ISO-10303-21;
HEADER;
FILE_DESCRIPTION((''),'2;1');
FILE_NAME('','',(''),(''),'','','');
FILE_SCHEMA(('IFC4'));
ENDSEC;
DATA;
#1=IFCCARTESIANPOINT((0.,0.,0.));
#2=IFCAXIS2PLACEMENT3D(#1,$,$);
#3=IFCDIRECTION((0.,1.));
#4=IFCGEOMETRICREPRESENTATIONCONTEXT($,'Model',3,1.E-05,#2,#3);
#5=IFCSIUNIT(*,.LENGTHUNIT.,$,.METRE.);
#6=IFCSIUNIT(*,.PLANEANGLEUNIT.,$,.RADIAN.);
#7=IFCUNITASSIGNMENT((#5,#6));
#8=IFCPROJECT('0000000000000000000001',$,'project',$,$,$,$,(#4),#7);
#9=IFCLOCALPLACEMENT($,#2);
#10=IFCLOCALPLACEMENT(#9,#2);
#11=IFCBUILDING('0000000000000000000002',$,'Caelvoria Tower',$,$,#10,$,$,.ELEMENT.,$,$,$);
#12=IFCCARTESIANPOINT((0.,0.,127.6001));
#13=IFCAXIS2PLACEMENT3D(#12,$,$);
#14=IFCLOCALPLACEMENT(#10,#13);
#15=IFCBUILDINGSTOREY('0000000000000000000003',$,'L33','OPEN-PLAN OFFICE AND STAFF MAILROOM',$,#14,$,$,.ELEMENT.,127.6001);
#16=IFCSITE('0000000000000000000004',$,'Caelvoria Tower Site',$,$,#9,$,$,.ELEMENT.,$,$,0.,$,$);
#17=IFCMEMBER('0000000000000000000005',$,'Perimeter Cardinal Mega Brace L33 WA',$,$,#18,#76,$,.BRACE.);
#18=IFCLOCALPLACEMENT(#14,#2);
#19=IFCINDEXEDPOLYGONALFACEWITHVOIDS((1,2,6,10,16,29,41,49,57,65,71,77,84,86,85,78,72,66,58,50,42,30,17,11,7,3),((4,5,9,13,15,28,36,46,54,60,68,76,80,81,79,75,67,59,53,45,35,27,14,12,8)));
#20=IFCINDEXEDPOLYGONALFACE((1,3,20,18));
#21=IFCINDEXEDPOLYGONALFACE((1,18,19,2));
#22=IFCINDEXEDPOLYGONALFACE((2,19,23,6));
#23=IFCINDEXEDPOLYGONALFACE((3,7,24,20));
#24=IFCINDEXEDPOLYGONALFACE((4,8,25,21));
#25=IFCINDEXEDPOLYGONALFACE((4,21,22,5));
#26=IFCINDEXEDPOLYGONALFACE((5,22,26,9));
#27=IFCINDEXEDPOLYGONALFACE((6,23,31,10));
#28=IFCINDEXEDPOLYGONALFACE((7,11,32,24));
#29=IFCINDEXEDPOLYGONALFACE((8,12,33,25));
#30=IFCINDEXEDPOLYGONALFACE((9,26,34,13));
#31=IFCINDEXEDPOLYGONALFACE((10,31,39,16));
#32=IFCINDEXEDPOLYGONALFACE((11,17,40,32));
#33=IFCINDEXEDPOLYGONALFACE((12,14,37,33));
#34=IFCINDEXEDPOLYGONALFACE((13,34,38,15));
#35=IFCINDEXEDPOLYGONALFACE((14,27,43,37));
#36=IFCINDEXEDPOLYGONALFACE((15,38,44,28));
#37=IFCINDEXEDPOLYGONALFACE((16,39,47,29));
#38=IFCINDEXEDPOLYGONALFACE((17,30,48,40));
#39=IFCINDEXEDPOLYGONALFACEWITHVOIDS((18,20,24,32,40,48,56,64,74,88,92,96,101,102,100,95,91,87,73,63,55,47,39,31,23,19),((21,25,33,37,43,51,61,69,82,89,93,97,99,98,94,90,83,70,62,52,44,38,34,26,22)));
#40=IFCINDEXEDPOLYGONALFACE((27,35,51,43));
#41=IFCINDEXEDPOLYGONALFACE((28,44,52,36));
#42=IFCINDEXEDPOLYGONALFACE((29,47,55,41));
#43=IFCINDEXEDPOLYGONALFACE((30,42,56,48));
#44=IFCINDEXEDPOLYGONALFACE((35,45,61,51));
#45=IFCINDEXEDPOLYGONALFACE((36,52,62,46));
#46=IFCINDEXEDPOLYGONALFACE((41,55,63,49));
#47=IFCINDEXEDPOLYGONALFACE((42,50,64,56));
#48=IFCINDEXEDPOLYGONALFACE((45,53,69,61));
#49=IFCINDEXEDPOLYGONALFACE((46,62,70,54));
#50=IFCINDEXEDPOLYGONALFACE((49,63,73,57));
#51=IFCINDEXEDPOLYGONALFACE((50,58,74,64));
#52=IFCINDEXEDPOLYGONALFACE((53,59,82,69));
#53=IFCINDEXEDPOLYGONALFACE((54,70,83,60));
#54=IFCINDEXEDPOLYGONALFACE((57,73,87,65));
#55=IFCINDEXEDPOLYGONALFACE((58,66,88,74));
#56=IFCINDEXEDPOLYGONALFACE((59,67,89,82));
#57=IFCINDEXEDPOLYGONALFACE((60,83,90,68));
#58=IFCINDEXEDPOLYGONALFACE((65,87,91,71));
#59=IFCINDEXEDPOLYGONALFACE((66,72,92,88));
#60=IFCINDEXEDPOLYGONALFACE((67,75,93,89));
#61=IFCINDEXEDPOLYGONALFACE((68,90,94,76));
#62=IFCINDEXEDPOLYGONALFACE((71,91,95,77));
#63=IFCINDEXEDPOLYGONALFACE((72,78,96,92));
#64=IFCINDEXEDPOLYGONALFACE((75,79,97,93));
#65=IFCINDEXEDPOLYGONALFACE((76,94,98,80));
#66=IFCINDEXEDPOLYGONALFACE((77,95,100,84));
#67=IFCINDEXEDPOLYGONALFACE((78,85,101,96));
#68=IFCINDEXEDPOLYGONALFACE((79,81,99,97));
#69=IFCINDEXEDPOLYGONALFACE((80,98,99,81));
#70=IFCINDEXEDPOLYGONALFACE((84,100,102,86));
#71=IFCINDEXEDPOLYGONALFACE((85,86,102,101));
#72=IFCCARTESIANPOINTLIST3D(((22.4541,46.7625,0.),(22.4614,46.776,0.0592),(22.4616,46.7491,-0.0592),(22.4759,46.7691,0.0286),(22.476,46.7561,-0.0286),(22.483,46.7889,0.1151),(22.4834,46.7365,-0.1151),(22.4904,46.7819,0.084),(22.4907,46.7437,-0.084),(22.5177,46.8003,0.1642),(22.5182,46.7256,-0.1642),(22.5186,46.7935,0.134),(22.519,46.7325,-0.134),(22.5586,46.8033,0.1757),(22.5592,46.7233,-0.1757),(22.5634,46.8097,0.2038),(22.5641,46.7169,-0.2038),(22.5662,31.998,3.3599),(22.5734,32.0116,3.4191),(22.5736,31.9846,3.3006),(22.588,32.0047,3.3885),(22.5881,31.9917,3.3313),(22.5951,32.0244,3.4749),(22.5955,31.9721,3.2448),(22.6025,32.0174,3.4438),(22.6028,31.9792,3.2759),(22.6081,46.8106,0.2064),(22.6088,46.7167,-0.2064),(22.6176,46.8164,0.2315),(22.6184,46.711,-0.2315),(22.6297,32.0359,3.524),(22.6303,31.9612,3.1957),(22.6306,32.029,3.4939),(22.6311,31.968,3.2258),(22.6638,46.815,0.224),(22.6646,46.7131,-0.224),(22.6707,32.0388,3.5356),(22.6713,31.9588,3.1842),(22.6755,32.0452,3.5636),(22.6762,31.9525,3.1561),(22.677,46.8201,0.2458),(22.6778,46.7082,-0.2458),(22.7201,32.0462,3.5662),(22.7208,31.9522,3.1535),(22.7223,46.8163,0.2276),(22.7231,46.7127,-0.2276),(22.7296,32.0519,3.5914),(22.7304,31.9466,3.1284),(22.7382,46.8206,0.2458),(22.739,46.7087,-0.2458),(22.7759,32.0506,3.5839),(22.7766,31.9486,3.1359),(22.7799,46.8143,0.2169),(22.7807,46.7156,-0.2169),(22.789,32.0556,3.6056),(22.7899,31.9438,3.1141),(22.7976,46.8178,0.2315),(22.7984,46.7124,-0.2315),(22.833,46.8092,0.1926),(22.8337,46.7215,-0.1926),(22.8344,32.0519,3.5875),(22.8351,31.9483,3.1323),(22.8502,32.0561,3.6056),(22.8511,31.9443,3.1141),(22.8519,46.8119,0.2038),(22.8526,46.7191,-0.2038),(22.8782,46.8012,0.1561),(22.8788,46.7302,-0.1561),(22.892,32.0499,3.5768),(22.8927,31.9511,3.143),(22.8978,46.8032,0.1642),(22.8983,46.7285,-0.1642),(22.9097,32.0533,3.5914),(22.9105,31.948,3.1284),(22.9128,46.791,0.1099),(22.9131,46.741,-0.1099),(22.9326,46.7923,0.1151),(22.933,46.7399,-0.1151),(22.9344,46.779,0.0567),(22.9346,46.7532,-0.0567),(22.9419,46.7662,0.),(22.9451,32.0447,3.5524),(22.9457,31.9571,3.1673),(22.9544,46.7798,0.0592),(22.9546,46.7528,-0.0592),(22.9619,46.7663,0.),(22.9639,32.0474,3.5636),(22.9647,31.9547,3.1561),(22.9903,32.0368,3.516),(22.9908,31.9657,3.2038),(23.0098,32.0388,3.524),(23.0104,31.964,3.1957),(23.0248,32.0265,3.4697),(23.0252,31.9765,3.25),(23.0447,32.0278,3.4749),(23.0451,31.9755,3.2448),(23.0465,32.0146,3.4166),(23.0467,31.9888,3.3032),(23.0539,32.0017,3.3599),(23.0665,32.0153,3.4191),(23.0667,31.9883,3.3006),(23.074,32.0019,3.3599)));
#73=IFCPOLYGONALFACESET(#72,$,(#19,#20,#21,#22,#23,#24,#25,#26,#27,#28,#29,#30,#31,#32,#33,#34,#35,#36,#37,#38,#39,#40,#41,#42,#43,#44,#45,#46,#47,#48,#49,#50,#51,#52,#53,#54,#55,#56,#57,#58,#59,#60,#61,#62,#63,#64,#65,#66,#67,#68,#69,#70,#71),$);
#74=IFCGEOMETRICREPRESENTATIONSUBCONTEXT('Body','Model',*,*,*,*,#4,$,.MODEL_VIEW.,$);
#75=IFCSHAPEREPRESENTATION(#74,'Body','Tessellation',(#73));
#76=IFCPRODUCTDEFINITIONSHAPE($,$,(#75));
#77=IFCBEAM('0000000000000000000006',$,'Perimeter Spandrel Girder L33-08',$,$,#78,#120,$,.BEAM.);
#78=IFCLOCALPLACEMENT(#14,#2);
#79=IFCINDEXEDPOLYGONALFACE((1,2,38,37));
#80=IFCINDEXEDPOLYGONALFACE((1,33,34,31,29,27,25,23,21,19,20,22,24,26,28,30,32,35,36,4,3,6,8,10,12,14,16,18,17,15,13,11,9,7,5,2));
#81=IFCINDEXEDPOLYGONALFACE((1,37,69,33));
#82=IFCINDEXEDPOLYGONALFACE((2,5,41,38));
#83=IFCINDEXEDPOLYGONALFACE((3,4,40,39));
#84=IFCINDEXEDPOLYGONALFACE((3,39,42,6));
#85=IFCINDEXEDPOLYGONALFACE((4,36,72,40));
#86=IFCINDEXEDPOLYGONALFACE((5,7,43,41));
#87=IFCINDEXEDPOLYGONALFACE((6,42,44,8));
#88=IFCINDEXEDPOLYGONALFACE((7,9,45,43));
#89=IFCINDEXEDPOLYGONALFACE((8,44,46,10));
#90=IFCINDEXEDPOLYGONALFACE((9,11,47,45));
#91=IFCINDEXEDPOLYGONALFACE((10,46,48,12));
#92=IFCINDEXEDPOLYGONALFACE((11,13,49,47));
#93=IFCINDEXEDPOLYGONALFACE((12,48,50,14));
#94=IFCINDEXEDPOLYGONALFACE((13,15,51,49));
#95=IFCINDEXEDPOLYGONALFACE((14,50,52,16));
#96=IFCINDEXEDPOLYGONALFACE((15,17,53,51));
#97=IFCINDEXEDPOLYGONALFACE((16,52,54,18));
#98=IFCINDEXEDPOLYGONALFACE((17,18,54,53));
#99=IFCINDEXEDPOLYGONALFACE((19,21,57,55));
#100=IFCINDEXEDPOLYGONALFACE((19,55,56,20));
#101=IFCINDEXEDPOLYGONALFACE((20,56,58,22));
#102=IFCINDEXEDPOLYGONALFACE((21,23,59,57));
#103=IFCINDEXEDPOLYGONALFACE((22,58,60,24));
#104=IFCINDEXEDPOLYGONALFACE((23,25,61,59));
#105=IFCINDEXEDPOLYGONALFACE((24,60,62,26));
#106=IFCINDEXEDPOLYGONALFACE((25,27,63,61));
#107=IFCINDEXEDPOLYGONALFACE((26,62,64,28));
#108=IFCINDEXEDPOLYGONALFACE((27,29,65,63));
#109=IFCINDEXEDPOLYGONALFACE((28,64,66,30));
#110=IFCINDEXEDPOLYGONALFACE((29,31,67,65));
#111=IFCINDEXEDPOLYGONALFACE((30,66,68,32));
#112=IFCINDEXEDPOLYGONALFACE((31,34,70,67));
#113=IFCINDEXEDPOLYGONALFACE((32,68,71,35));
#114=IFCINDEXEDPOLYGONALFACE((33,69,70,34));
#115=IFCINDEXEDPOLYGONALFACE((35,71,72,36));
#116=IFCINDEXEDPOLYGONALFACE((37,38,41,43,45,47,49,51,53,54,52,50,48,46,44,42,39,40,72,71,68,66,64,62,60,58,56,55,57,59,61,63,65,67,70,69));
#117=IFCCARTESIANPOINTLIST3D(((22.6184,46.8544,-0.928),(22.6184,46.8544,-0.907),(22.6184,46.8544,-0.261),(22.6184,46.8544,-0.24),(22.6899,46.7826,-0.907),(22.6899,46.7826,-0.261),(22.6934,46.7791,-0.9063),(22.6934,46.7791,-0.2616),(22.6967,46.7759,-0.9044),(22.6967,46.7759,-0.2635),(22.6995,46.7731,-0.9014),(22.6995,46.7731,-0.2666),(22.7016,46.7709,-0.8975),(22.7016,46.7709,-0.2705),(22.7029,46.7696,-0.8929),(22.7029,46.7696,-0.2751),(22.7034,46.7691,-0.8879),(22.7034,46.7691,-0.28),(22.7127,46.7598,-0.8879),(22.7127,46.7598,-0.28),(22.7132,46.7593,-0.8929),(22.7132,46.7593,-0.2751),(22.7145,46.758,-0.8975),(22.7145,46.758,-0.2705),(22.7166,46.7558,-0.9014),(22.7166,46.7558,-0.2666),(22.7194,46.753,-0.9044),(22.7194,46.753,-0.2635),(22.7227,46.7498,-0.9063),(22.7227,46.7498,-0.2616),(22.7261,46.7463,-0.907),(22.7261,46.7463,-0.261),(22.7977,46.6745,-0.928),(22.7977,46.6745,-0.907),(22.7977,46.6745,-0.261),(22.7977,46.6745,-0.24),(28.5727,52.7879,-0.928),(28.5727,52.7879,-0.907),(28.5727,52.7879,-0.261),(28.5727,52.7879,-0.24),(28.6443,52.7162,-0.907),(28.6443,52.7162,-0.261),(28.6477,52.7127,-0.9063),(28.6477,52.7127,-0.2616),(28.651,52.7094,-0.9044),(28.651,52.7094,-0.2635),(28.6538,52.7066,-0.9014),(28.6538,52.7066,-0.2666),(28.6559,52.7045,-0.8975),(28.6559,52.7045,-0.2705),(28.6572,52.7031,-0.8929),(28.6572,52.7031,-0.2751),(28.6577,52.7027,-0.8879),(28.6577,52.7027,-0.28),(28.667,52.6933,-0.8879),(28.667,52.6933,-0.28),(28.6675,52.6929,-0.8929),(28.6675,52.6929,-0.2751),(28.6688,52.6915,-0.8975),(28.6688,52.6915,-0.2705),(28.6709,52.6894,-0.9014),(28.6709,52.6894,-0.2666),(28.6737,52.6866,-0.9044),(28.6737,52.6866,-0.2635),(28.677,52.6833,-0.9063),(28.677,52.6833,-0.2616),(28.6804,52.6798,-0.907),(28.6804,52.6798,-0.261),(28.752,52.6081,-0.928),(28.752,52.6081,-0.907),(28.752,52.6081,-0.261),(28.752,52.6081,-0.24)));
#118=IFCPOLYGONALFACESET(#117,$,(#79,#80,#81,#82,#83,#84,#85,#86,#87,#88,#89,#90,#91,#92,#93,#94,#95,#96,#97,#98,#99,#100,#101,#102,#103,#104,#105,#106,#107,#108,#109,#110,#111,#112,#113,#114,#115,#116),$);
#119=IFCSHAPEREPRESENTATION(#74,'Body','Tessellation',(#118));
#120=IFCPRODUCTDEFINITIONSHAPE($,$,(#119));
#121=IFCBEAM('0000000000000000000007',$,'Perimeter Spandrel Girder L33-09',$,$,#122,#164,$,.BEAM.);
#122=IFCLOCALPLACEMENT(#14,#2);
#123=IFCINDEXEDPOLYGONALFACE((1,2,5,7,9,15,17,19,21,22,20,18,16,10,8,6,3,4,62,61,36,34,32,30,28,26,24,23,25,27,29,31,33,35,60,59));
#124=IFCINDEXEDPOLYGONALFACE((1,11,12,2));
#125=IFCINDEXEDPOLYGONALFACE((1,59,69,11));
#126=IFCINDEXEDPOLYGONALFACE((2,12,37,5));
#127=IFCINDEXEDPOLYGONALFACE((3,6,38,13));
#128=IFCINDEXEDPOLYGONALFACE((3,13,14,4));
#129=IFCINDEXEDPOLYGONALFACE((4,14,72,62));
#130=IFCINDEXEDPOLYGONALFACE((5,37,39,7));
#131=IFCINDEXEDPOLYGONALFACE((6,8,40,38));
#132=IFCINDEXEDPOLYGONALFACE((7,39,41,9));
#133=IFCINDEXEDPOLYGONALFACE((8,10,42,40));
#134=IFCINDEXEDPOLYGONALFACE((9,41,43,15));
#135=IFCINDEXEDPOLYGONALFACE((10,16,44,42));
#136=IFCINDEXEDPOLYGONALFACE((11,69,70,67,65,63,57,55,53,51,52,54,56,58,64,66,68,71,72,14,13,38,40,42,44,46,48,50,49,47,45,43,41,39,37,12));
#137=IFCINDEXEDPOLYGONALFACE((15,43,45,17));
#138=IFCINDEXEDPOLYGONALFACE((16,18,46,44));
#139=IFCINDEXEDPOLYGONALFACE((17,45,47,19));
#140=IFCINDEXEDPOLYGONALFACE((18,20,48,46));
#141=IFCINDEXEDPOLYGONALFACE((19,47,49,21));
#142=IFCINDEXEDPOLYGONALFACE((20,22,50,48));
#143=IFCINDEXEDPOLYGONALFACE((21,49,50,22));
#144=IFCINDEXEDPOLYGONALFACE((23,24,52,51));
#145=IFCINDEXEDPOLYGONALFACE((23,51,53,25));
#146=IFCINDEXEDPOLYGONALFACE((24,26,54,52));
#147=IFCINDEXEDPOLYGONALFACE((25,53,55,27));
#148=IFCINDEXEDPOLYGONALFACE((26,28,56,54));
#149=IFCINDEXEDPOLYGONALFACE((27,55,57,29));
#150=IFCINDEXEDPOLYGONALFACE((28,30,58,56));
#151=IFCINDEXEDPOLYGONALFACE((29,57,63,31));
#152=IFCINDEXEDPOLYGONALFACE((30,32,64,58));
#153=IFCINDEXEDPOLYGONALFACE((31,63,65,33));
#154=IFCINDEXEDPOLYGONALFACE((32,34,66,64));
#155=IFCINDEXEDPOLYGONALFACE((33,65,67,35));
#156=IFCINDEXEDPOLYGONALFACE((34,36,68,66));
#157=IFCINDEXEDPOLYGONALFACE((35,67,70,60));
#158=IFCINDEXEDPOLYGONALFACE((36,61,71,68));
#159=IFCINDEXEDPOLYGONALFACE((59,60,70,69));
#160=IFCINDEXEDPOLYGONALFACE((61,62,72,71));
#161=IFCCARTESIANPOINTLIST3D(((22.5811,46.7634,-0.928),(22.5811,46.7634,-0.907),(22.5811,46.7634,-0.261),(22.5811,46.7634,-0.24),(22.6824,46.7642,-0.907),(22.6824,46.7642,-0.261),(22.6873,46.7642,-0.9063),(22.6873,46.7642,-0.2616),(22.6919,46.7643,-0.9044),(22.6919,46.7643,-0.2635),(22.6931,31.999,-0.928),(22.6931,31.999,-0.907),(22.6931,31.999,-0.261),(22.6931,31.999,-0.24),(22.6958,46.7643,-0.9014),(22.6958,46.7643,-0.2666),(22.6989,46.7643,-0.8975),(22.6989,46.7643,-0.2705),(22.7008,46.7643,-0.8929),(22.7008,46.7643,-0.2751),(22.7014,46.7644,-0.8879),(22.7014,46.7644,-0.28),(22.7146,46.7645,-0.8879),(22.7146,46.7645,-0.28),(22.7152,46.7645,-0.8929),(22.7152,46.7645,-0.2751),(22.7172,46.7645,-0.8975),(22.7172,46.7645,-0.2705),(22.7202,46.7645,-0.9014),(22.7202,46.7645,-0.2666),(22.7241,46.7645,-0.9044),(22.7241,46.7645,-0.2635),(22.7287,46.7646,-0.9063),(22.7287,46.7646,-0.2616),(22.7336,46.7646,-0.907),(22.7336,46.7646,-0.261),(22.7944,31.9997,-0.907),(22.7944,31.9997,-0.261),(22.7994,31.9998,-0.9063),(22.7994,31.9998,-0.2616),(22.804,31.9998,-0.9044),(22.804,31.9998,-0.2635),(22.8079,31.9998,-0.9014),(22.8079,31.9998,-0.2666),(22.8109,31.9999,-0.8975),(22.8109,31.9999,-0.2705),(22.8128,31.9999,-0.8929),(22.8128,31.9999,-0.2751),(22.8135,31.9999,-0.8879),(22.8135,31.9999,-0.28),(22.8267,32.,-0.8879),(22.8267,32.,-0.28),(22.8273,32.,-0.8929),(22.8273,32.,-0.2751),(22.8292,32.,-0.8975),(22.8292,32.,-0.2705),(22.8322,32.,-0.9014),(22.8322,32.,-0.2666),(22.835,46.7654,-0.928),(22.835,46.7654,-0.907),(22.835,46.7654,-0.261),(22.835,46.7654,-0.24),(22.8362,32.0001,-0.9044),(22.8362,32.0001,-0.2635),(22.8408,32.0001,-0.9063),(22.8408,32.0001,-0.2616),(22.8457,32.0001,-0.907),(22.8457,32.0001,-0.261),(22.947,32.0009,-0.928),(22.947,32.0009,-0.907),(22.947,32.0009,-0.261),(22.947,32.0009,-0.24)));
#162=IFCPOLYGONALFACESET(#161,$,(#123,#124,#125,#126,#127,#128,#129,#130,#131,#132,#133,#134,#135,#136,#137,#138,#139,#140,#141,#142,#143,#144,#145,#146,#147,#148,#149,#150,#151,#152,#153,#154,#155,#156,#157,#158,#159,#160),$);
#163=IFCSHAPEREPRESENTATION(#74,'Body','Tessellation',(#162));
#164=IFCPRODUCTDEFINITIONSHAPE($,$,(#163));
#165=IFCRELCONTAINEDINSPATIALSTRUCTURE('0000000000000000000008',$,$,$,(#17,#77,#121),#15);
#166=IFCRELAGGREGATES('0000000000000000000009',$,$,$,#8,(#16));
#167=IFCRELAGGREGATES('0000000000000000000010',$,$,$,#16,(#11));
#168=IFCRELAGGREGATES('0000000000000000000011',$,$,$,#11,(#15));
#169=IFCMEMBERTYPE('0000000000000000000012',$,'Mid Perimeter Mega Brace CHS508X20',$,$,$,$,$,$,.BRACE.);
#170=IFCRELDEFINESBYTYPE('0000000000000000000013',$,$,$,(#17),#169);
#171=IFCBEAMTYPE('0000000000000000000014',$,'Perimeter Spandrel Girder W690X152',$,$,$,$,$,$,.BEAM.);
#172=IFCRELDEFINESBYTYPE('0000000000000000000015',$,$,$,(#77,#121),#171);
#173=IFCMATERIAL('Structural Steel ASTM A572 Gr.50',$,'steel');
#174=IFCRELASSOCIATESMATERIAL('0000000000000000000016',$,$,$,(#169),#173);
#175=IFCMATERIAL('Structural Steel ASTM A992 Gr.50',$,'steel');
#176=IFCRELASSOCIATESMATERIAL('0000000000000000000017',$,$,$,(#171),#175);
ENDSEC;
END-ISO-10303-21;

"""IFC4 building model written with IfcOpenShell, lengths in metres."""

from ifc_helpers import new_model, si_unit, direction, frame, origin, origin_2d, place, context, subcontext, project, spatial, hollow_circle, i_section, extrude, material, material_profile, profile_set, type_object, element, save


model = new_model("IFC4")

# Units and contexts
model_context = context("Model", 3, precision=1e-05, world=origin(), true_north=direction((0.0, 1.0)))
body_context = subcontext(model_context, "Body", "Model", "MODEL_VIEW")
ifc_project = project(units=[si_unit("LENGTHUNIT", "METRE"), si_unit("PLANEANGLEUNIT", "RADIAN")], contexts=[model_context])

# Site, building, storey
site_placement = place(None, origin())
site = spatial("IfcSite", under=ifc_project, at=site_placement, Name="Caelvoria Tower Site", CompositionType="ELEMENT", RefElevation=0.0)
building_placement = place(site_placement, origin())
building = spatial("IfcBuilding", under=site, at=building_placement, Name="Caelvoria Tower", CompositionType="ELEMENT")
storey_placement = place(building_placement, frame((0.0, 0.0, 127.6001)))
storey = spatial("IfcBuildingStorey", under=building, at=storey_placement, Name="L33", Description="OPEN-PLAN OFFICE AND STAFF MAILROOM", CompositionType="ELEMENT", Elevation=127.6001)

# Shared definitions
ifc_material_1 = material(Name="Structural Steel ASTM A572 Gr.50", Category="steel")

# Member
ifc_material_profile_1 = material_profile(ifc_material_1, hollow_circle(Radius=0.2539, WallThickness=0.02, at=origin_2d()), Name="Structural Steel ASTM A572 Gr.50")
ifc_profile_set_1 = profile_set([ifc_material_profile_1], Name="CHS508X20 - Structural Steel ASTM A572 Gr.50")
member_type = type_object("IfcMemberType", Name="Mid Perimeter Mega Brace CHS508X20", PredefinedType="BRACE", material=ifc_profile_set_1)
member_1_placement = place(storey_placement, frame((22.708, 46.7644, 0.0), z_axis=(0.007401, -0.975045, 0.221886), x_axis=(0.999971, 0.00759, 0.0)))
element("IfcMember", 1, at=member_1_placement, inside=storey, type_object=member_type, Name="Perimeter Cardinal Mega Brace L33 WA", PredefinedType="BRACE", context=body_context, shape_type="SweptSolid", body=[
    extrude(hollow_circle(Radius=0.2539, WallThickness=0.02, at=origin_2d()), origin(), (0.0, 0.0, 1.0), 15.1423),
])

# Beams
ifc_material_2 = material(Name="Structural Steel ASTM A992 Gr.50", Category="steel")
ifc_material_profile_2 = material_profile(ifc_material_2, i_section(OverallWidth=0.2539, OverallDepth=0.688, WebThickness=0.0132, FlangeThickness=0.021, FilletRadius=0.019, at=origin_2d()), Name="Structural Steel ASTM A992 Gr.50")
ifc_profile_set_2 = profile_set([ifc_material_profile_2], Name="W690X152 - Structural Steel ASTM A992 Gr.50")
beam_type_1 = type_object("IfcBeamType", Name="Perimeter Spandrel Girder W690X152", PredefinedType="BEAM", material=ifc_profile_set_2)
beam_1_placement = place(storey_placement, frame((28.6624, 52.698, -0.584), z_axis=(-0.70834, -0.705871, 0.0), x_axis=(0.705871, -0.70834, 0.0)))
element("IfcBeam", 2, at=beam_1_placement, inside=storey, type_object=beam_type_1, Name="Perimeter Spandrel Girder L33-08", PredefinedType="BEAM", context=body_context, shape_type="SweptSolid", body=[
    extrude(i_section(OverallWidth=0.2539, OverallDepth=0.688, WebThickness=0.0132, FlangeThickness=0.021, FilletRadius=0.019, at=origin_2d()), origin(), (0.0, 0.0, 1.0), 8.406),
])
beam_2_placement = place(storey_placement, frame((22.708, 46.7644, -0.584), z_axis=(0.00759, -0.999971, 0.0), x_axis=(0.999971, 0.00759, 0.0)))
element("IfcBeam", 3, at=beam_2_placement, inside=storey, type_object=beam_type_1, Name="Perimeter Spandrel Girder L33-09", PredefinedType="BEAM", context=body_context, shape_type="SweptSolid", body=[
    extrude(i_section(OverallWidth=0.2539, OverallDepth=0.688, WebThickness=0.0132, FlangeThickness=0.021, FilletRadius=0.019, at=origin_2d()), origin(), (0.0, 0.0, 1.0), 14.7649),
])

save(model, "model.ifc")
